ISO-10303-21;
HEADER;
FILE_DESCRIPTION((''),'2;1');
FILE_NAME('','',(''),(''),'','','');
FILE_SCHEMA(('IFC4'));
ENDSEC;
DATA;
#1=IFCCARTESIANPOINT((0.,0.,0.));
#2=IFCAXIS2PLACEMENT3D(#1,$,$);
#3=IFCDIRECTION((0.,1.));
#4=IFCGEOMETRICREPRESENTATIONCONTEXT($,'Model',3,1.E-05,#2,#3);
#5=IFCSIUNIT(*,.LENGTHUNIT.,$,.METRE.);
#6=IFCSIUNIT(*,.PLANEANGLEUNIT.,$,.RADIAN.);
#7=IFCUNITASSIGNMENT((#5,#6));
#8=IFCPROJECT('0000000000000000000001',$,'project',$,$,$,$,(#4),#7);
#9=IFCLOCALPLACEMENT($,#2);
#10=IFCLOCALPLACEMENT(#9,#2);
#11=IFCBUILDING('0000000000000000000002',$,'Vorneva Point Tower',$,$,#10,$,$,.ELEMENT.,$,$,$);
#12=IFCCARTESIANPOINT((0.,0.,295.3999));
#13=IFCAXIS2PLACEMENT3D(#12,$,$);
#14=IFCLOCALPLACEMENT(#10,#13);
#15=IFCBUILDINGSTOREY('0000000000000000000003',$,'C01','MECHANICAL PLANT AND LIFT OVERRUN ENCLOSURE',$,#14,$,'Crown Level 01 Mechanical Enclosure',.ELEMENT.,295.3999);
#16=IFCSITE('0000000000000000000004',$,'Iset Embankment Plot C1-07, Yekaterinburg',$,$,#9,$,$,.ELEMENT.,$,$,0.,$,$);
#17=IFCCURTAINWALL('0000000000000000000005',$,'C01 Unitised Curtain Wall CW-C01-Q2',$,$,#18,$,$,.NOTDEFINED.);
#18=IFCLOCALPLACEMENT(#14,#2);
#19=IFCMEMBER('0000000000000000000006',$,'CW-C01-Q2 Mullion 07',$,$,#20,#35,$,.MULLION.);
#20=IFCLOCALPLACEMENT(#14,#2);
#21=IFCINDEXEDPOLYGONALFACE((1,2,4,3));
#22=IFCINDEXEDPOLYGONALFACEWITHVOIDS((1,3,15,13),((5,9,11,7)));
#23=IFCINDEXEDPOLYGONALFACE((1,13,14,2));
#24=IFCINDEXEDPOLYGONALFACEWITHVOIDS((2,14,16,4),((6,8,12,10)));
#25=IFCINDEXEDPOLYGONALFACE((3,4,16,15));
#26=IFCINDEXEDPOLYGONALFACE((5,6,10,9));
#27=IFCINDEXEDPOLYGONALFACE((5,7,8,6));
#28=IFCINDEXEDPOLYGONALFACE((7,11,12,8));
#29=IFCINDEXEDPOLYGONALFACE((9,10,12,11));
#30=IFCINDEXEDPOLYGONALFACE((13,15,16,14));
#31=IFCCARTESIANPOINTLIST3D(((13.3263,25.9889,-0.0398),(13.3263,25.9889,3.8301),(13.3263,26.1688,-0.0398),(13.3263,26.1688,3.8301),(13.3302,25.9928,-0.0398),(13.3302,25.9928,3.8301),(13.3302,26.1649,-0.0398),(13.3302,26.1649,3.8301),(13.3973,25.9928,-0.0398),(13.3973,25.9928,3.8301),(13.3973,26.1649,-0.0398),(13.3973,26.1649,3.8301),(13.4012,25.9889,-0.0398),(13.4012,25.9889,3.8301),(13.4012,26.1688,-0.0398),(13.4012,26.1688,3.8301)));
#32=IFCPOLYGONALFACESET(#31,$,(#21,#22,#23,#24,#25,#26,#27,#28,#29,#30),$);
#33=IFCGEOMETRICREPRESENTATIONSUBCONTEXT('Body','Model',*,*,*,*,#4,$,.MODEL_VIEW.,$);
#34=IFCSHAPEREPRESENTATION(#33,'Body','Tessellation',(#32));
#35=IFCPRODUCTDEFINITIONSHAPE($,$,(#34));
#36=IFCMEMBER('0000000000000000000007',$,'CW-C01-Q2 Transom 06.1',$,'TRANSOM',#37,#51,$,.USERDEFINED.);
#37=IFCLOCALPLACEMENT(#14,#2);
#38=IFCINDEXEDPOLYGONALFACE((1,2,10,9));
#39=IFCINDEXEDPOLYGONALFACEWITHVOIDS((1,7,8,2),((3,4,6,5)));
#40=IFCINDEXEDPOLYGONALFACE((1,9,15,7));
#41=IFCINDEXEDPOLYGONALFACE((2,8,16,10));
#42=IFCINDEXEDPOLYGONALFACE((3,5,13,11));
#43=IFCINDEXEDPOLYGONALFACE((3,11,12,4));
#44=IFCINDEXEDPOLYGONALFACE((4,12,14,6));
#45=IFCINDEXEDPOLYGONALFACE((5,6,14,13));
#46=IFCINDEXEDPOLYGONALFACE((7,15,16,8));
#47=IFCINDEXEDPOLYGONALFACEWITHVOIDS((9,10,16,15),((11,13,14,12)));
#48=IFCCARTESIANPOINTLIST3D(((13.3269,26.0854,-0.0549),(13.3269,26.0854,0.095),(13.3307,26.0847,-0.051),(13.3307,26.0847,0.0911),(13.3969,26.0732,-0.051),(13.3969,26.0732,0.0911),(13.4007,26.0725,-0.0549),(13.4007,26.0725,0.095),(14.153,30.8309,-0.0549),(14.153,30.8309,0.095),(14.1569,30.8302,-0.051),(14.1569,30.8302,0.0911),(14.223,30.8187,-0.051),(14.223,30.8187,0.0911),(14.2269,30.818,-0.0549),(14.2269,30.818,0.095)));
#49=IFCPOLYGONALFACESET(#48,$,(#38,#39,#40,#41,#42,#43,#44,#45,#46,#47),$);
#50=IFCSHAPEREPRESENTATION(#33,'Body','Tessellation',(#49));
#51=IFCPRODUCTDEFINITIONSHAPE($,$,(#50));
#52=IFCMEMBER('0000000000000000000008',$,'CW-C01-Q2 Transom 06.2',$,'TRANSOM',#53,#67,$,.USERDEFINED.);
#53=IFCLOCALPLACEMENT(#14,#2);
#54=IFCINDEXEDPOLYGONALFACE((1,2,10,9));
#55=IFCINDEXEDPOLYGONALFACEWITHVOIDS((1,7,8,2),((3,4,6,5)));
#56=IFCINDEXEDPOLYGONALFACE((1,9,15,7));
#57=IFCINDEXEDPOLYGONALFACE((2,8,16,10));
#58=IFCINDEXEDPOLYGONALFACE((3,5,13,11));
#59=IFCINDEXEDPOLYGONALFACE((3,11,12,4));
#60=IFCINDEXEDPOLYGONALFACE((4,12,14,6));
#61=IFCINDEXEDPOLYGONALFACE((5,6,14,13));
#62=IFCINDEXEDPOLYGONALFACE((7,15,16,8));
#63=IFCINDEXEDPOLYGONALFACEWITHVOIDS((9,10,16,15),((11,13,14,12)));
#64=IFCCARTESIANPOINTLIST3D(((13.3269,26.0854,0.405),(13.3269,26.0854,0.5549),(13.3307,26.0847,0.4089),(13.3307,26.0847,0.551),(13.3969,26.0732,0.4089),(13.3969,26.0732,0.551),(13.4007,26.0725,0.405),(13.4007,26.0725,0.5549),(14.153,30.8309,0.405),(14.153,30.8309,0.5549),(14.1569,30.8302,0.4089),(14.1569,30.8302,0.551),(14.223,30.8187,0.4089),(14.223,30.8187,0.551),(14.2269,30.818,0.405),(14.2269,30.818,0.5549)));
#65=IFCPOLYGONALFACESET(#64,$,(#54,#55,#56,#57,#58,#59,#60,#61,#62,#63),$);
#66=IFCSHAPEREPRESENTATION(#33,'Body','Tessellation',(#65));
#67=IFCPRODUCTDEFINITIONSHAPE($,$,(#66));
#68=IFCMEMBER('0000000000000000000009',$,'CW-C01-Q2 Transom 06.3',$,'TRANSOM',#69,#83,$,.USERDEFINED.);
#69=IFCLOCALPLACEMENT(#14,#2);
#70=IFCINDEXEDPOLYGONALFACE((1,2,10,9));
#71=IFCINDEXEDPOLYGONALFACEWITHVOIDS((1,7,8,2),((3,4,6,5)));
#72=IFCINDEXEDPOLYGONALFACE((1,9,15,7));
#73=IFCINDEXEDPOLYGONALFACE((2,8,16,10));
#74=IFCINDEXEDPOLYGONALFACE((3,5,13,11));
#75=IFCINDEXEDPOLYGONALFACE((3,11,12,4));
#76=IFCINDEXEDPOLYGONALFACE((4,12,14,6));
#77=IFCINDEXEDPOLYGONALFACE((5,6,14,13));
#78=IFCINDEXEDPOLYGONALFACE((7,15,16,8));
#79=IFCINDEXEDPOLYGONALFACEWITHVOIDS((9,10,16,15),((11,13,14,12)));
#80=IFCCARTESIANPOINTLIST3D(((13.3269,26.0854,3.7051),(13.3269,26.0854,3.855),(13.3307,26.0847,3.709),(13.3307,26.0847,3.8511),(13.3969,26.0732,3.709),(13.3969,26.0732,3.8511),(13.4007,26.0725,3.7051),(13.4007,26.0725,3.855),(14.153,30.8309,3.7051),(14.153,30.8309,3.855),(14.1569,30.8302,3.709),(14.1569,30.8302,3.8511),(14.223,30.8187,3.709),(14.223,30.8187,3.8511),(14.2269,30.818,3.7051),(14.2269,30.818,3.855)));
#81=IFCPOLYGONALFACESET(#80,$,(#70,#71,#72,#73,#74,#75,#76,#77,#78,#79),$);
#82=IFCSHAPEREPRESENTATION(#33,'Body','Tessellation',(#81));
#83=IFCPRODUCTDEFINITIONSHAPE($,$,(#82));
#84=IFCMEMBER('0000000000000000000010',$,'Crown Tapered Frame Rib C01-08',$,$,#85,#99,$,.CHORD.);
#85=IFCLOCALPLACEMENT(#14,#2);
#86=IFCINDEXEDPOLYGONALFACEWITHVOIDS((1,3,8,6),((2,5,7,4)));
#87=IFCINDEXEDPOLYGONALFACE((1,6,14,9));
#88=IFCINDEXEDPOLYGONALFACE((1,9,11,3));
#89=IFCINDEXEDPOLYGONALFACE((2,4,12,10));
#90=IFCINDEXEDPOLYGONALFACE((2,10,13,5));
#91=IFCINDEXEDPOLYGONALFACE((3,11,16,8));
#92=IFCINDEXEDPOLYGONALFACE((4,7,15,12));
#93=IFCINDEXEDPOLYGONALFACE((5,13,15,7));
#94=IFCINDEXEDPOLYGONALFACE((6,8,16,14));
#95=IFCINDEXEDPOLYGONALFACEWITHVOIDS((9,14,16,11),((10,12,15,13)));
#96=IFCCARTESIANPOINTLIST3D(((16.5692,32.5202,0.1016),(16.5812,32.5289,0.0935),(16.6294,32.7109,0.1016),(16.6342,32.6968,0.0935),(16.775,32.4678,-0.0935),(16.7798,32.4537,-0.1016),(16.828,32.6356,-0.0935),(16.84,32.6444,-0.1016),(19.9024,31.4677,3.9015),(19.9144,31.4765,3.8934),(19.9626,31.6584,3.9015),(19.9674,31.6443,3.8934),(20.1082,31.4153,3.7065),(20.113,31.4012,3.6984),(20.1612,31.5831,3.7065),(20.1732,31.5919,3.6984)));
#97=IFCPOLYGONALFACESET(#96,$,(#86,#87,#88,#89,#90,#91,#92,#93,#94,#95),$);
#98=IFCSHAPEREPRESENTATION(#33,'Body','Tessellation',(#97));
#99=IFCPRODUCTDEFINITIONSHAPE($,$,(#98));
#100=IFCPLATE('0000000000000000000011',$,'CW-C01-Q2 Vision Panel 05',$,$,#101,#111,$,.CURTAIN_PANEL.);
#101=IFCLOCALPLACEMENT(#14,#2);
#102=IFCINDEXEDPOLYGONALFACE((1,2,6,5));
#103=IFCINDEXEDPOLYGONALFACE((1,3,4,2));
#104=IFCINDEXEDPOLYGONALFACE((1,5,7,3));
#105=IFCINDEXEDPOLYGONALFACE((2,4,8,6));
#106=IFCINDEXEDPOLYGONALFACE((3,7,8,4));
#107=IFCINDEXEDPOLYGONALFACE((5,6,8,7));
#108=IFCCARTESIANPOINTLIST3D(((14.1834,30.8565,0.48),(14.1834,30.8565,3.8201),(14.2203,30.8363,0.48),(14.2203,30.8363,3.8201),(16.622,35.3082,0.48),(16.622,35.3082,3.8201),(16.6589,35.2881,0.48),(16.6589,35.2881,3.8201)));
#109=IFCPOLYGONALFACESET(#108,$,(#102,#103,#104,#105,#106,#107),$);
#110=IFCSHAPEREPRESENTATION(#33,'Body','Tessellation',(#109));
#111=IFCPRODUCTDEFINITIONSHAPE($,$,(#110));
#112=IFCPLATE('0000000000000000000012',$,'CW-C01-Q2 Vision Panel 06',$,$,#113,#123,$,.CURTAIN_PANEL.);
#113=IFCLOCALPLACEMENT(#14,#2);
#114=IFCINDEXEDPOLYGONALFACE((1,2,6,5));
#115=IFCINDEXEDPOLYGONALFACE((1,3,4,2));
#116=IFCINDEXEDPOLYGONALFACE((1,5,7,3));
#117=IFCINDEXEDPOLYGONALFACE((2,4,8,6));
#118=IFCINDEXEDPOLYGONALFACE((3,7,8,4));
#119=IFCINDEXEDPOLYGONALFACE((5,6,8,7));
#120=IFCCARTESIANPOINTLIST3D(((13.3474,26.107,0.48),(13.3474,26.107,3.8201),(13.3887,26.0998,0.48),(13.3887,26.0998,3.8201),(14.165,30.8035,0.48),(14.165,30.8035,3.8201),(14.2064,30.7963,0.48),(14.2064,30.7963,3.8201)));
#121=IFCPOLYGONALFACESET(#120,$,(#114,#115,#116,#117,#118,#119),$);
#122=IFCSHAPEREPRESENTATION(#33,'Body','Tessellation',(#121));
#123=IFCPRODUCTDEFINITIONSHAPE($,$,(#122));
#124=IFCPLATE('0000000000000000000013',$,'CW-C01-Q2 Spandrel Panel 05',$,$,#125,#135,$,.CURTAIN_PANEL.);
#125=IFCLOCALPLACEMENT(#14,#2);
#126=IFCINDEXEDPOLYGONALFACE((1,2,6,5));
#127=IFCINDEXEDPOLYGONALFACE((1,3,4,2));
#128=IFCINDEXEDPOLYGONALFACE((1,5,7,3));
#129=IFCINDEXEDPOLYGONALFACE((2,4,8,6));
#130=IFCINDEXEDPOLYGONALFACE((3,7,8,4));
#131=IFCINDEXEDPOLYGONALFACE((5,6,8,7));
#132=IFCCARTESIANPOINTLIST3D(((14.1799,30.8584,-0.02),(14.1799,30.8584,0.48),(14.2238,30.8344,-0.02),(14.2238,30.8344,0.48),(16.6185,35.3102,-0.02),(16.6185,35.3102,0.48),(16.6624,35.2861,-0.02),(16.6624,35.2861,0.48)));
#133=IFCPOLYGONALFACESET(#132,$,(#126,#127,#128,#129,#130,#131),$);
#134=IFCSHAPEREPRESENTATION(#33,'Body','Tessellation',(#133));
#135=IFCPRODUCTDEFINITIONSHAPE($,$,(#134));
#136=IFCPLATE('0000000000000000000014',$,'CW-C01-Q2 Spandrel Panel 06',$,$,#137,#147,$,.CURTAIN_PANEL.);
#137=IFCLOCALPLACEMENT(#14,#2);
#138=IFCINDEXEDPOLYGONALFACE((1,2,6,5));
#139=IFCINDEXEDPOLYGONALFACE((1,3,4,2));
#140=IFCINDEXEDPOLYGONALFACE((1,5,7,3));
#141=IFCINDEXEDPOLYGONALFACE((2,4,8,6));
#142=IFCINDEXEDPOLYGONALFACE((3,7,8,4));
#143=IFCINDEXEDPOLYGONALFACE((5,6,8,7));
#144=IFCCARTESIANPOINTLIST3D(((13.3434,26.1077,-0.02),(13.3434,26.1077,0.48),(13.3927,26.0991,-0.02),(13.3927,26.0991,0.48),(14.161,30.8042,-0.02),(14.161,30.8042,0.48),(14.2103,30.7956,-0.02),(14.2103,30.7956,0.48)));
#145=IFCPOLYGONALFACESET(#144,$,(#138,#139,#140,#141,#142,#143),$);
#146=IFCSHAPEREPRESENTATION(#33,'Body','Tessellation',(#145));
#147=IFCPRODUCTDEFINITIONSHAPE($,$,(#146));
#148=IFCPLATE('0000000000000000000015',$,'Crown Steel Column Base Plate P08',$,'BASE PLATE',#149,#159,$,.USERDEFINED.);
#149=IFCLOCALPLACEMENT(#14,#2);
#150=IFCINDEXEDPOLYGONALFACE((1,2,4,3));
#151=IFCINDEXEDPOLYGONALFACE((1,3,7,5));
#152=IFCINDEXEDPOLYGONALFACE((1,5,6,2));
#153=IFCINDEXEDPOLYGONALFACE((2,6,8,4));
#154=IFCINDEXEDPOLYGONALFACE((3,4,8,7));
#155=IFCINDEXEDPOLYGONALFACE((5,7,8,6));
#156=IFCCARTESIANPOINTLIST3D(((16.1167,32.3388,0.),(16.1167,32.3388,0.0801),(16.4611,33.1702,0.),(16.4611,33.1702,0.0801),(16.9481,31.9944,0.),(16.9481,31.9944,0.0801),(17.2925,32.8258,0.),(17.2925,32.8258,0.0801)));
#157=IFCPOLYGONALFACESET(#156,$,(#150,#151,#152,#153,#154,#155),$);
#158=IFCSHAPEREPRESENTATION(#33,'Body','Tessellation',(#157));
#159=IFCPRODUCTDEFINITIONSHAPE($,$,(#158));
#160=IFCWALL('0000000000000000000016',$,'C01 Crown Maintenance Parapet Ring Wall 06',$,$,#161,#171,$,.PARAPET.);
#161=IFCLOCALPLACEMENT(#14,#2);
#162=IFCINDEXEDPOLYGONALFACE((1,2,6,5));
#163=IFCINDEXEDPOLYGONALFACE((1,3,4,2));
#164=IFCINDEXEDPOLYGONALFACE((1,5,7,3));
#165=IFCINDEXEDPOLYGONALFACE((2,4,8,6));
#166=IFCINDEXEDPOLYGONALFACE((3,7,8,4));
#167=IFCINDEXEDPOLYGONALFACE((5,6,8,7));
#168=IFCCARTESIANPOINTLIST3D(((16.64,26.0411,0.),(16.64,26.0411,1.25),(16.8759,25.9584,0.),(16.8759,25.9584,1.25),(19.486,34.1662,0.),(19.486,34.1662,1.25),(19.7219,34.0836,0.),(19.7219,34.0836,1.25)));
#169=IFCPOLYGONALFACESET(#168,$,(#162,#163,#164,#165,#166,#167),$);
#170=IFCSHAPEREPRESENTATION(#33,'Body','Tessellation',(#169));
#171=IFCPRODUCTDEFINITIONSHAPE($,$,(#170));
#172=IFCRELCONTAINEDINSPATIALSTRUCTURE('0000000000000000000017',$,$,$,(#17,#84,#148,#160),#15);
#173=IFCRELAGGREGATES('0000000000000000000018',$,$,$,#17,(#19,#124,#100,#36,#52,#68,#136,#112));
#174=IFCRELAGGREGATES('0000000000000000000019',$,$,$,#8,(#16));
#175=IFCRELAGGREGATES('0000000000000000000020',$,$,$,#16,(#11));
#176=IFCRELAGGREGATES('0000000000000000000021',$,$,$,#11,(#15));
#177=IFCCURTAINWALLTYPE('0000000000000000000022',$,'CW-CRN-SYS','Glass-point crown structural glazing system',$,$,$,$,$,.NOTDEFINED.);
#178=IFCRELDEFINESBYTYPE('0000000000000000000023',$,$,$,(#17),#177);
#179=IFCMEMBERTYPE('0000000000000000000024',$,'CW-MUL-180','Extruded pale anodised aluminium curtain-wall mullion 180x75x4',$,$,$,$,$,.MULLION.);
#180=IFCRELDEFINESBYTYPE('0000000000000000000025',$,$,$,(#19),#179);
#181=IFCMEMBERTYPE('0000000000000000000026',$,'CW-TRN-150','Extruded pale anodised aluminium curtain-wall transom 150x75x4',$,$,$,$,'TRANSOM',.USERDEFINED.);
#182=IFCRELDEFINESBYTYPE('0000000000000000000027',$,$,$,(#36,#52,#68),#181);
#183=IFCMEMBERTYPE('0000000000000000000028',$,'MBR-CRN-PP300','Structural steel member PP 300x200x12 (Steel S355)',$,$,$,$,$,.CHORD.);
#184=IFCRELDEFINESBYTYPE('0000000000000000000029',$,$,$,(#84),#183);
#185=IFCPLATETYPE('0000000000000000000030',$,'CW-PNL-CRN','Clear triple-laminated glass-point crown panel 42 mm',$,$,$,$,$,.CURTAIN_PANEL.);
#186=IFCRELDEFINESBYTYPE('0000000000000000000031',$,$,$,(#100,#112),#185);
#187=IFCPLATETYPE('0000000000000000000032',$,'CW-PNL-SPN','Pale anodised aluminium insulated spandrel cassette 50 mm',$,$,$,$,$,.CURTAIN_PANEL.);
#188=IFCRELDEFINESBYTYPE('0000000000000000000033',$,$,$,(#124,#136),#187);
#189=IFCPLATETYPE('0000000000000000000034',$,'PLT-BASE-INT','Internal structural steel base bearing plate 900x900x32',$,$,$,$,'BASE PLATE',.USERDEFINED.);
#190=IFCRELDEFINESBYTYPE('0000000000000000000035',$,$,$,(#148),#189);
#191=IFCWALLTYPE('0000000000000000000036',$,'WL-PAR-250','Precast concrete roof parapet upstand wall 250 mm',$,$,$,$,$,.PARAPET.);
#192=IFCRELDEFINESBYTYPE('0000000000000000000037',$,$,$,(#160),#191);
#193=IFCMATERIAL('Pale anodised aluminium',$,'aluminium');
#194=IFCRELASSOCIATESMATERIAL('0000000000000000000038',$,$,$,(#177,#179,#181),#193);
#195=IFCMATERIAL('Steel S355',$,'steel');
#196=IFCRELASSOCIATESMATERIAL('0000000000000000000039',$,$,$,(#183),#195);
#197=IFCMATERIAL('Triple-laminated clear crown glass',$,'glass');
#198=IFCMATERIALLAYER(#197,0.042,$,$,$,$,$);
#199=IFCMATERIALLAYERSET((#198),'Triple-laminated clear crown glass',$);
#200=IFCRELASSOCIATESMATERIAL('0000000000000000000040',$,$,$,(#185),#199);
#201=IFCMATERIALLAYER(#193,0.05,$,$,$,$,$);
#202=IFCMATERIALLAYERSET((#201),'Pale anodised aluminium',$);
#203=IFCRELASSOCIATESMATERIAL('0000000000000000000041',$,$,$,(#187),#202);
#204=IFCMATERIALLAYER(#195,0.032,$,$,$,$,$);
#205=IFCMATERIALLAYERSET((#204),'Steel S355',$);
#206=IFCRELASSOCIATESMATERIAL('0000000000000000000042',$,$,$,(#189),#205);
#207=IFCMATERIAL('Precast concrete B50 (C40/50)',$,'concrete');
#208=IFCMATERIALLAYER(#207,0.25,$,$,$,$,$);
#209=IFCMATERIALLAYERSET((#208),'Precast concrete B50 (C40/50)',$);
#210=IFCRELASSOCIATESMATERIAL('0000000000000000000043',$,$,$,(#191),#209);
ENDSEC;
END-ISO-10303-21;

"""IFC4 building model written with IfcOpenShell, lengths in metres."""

from ifc_helpers import new_model, si_unit, direction, frame, frame_2d, origin, origin_2d, place, context, subcontext, project, spatial, rectangle, hollow_rectangle, extrude, material, layer, layer_set, material_profile, profile_set, type_object, element, aggregate, save


model = new_model("IFC4")

# Units and contexts
model_context = context("Model", 3, precision=1e-05, world=origin(), true_north=direction((0.0, 1.0)))
body_context = subcontext(model_context, "Body", "Model", "MODEL_VIEW")
ifc_project = project(units=[si_unit("LENGTHUNIT", "METRE"), si_unit("PLANEANGLEUNIT", "RADIAN")], contexts=[model_context])

# Site, building, storey
site_placement = place(None, origin())
site = spatial("IfcSite", under=ifc_project, at=site_placement, Name="Iset Embankment Plot C1-07, Yekaterinburg", CompositionType="ELEMENT", RefElevation=0.0)
building_placement = place(site_placement, origin())
building = spatial("IfcBuilding", under=site, at=building_placement, Name="Vorneva Point Tower", CompositionType="ELEMENT")
storey_placement = place(building_placement, frame((0.0, 0.0, 295.3999)))
storey = spatial("IfcBuildingStorey", under=building, at=storey_placement, Name="C01", Description="MECHANICAL PLANT AND LIFT OVERRUN ENCLOSURE", LongName="Crown Level 01 Mechanical Enclosure", CompositionType="ELEMENT", Elevation=295.3999)

# Shared definitions
ifc_material_1 = material(Name="Steel S355", Category="steel")

# Curtain wall, members
ifc_material_2 = material(Name="Pale anodised aluminium", Category="aluminium")
curtain_wall_type = type_object("IfcCurtainWallType", Name="CW-CRN-SYS", Description="Glass-point crown structural glazing system", PredefinedType="NOTDEFINED", material=ifc_material_2)
curtain_wall_placement = place(storey_placement, origin())
curtain_wall = element("IfcCurtainWall", 1, at=curtain_wall_placement, inside=storey, type_object=curtain_wall_type, Name="C01 Unitised Curtain Wall CW-C01-Q2", PredefinedType="NOTDEFINED")
ifc_material_profile_1 = material_profile(ifc_material_2, hollow_rectangle(XDim=0.075, YDim=0.1799, WallThickness=0.0039, at=origin_2d()), Name="AL-MUL 180x75x4")
ifc_profile_set_1 = profile_set([ifc_material_profile_1], Name="Pale anodised aluminium")
member_type_1 = type_object("IfcMemberType", Name="CW-MUL-180", Description="Extruded pale anodised aluminium curtain-wall mullion 180x75x4", PredefinedType="MULLION", material=ifc_profile_set_1)
member_1_placement = place(storey_placement, frame((13.3638, 26.0789, -0.0398), z_axis=(0.0, 0.0, 1.0), x_axis=(1.0, 0.0, 0.0)))
member_1 = element("IfcMember", 2, at=member_1_placement, type_object=member_type_1, Name="CW-C01-Q2 Mullion 07", PredefinedType="MULLION", context=body_context, shape_type="SweptSolid", body=[
    extrude(hollow_rectangle(XDim=0.075, YDim=0.1799, WallThickness=0.0039, at=origin_2d()), origin(), (0.0, 0.0, 1.0), 3.8699),
])
ifc_material_profile_2 = material_profile(ifc_material_2, hollow_rectangle(XDim=0.075, YDim=0.1499, WallThickness=0.0039, at=origin_2d()), Name="AL-TRN 150x75x4")
ifc_profile_set_2 = profile_set([ifc_material_profile_2], Name="Pale anodised aluminium")
member_type_2 = type_object("IfcMemberType", Name="CW-TRN-150", Description="Extruded pale anodised aluminium curtain-wall transom 150x75x4", ElementType="TRANSOM", PredefinedType="USERDEFINED", material=ifc_profile_set_2)
member_2_placement = place(storey_placement, frame((14.1899, 30.8245, 0.02), z_axis=(-0.171512, -0.985182, 0.0), x_axis=(0.985182, -0.171512, 0.0)))
member_2 = element("IfcMember", 3, at=member_2_placement, type_object=member_type_2, Name="CW-C01-Q2 Transom 06.1", ObjectType="TRANSOM", PredefinedType="USERDEFINED", context=body_context, shape_type="SweptSolid", body=[
    extrude(hollow_rectangle(XDim=0.075, YDim=0.1499, WallThickness=0.0039, at=origin_2d()), origin(), (0.0, 0.0, 1.0), 4.8169),
])
member_3_placement = place(storey_placement, frame((14.1899, 30.8245, 0.48), z_axis=(-0.171512, -0.985182, 0.0), x_axis=(0.985182, -0.171512, 0.0)))
member_3 = element("IfcMember", 4, at=member_3_placement, type_object=member_type_2, Name="CW-C01-Q2 Transom 06.2", ObjectType="TRANSOM", PredefinedType="USERDEFINED", context=body_context, shape_type="SweptSolid", body=[
    extrude(hollow_rectangle(XDim=0.075, YDim=0.1499, WallThickness=0.0039, at=origin_2d()), origin(), (0.0, 0.0, 1.0), 4.8169),
])
member_4_placement = place(storey_placement, frame((14.1899, 30.8245, 3.78), z_axis=(-0.171512, -0.985182, 0.0), x_axis=(0.985182, -0.171512, 0.0)))
member_4 = element("IfcMember", 5, at=member_4_placement, type_object=member_type_2, Name="CW-C01-Q2 Transom 06.3", ObjectType="TRANSOM", PredefinedType="USERDEFINED", context=body_context, shape_type="SweptSolid", body=[
    extrude(hollow_rectangle(XDim=0.075, YDim=0.1499, WallThickness=0.0039, at=origin_2d()), origin(), (0.0, 0.0, 1.0), 4.8169),
])

# Member
ifc_material_profile_3 = material_profile(ifc_material_1, hollow_rectangle(XDim=0.2, YDim=0.3, WallThickness=0.012, at=origin_2d()), Name="PP 300x200x12")
ifc_profile_set_3 = profile_set([ifc_material_profile_3], Name="Steel S355")
member_type_3 = type_object("IfcMemberType", Name="MBR-CRN-PP300", Description="Structural steel member PP 300x200x12 (Steel S355)", PredefinedType="CHORD", material=ifc_profile_set_3)
member_5_placement = place(storey_placement, frame((16.7046, 32.5823, 0.0), z_axis=(0.645578, -0.203844, 0.735987), x_axis=(0.301101, 0.953592, 0.0)))
element("IfcMember", 6, at=member_5_placement, inside=storey, type_object=member_type_3, Name="Crown Tapered Frame Rib C01-08", PredefinedType="CHORD", context=body_context, shape_type="SweptSolid", body=[
    extrude(hollow_rectangle(XDim=0.2, YDim=0.3, WallThickness=0.012, at=origin_2d()), origin(), (0.0, 0.0, 1.0), 5.1631),
])

# Plates
ifc_material_3 = material(Name="Triple-laminated clear crown glass", Category="glass")
ifc_layer_1 = layer(ifc_material_3, 0.042)
ifc_layer_set_1 = layer_set([ifc_layer_1], Name="Triple-laminated clear crown glass")
plate_type_1 = type_object("IfcPlateType", Name="CW-PNL-CRN", Description="Clear triple-laminated glass-point crown panel 42 mm", PredefinedType="CURTAIN_PANEL", material=ifc_layer_set_1)
plate_1_placement = place(storey_placement, frame((15.4211, 33.0723, 0.48), z_axis=(0.0, 0.0, 1.0), x_axis=(-0.480423, -0.877037, 0.0)))
plate_1 = element("IfcPlate", 7, at=plate_1_placement, type_object=plate_type_1, Name="CW-C01-Q2 Vision Panel 05", PredefinedType="CURTAIN_PANEL", context=body_context, shape_type="SweptSolid", body=[
    extrude(rectangle(XDim=5.0759, YDim=0.042, at=origin_2d()), origin(), (0.0, 0.0, 1.0), 3.3401),
])
plate_2_placement = place(storey_placement, frame((13.7769, 28.4517, 0.48), z_axis=(0.0, 0.0, 1.0), x_axis=(-0.171516, -0.985181, 0.0)))
plate_2 = element("IfcPlate", 8, at=plate_2_placement, type_object=plate_type_1, Name="CW-C01-Q2 Vision Panel 06", PredefinedType="CURTAIN_PANEL", context=body_context, shape_type="SweptSolid", body=[
    extrude(rectangle(XDim=4.7671, YDim=0.042, at=origin_2d()), origin(), (0.0, 0.0, 1.0), 3.3401),
])
ifc_layer_2 = layer(ifc_material_2, 0.05)
ifc_layer_set_2 = layer_set([ifc_layer_2], Name="Pale anodised aluminium")
plate_type_2 = type_object("IfcPlateType", Name="CW-PNL-SPN", Description="Pale anodised aluminium insulated spandrel cassette 50 mm", PredefinedType="CURTAIN_PANEL", material=ifc_layer_set_2)
plate_3_placement = place(storey_placement, frame((15.4211, 33.0723, -0.02), z_axis=(0.0, 0.0, 1.0), x_axis=(-0.480423, -0.877037, 0.0)))
plate_3 = element("IfcPlate", 9, at=plate_3_placement, type_object=plate_type_2, Name="CW-C01-Q2 Spandrel Panel 05", PredefinedType="CURTAIN_PANEL", context=body_context, shape_type="SweptSolid", body=[
    extrude(rectangle(XDim=5.0759, YDim=0.05, at=origin_2d()), origin(), (0.0, 0.0, 1.0), 0.5),
])
plate_4_placement = place(storey_placement, frame((13.7769, 28.4517, -0.02), z_axis=(0.0, 0.0, 1.0), x_axis=(-0.171516, -0.985181, 0.0)))
plate_4 = element("IfcPlate", 10, at=plate_4_placement, type_object=plate_type_2, Name="CW-C01-Q2 Spandrel Panel 06", PredefinedType="CURTAIN_PANEL", context=body_context, shape_type="SweptSolid", body=[
    extrude(rectangle(XDim=4.7671, YDim=0.05, at=origin_2d()), origin(), (0.0, 0.0, 1.0), 0.5),
])
aggregate(curtain_wall, [member_1, plate_3, plate_1, member_2, member_3, member_4, plate_4, plate_2])
ifc_layer_3 = layer(ifc_material_1, 0.032)
ifc_layer_set_3 = layer_set([ifc_layer_3], Name="Steel S355")
plate_type_3 = type_object("IfcPlateType", Name="PLT-BASE-INT", Description="Internal structural steel base bearing plate 900x900x32", ElementType="BASE PLATE", PredefinedType="USERDEFINED", material=ifc_layer_set_3)
plate_5_placement = place(storey_placement, frame((16.7046, 32.5823, 0.0), z_axis=(0.0, 0.0, 1.0), x_axis=(-0.92388, 0.382683, 0.0)))
element("IfcPlate", 11, at=plate_5_placement, inside=storey, type_object=plate_type_3, Name="Crown Steel Column Base Plate P08", ObjectType="BASE PLATE", PredefinedType="USERDEFINED", context=body_context, shape_type="SweptSolid", body=[
    extrude(rectangle(XDim=0.8999, YDim=0.8999, at=origin_2d()), origin(), (0.0, 0.0, 1.0), 0.0801),
])

# Wall
ifc_material_4 = material(Name="Precast concrete B50 (C40/50)", Category="concrete")
ifc_layer_4 = layer(ifc_material_4, 0.25)
ifc_layer_set_4 = layer_set([ifc_layer_4], Name="Precast concrete B50 (C40/50)")
wall_type = type_object("IfcWallType", Name="WL-PAR-250", Description="Precast concrete roof parapet upstand wall 250 mm", PredefinedType="PARAPET", material=ifc_layer_set_4)
wall_placement = place(storey_placement, frame((19.604, 34.125, 0.0), z_axis=(0.0, 0.0, 1.0), x_axis=(-0.330578, -0.943779, 0.0)))
element("IfcWall", 12, at=wall_placement, inside=storey, type_object=wall_type, Name="C01 Crown Maintenance Parapet Ring Wall 06", PredefinedType="PARAPET", context=body_context, shape_type="SweptSolid", body=[
    extrude(rectangle(XDim=8.6091, YDim=0.25, at=frame_2d((4.3047, 0.0))), origin(), (0.0, 0.0, 1.0), 1.25),
])

save(model, "model.ifc")
